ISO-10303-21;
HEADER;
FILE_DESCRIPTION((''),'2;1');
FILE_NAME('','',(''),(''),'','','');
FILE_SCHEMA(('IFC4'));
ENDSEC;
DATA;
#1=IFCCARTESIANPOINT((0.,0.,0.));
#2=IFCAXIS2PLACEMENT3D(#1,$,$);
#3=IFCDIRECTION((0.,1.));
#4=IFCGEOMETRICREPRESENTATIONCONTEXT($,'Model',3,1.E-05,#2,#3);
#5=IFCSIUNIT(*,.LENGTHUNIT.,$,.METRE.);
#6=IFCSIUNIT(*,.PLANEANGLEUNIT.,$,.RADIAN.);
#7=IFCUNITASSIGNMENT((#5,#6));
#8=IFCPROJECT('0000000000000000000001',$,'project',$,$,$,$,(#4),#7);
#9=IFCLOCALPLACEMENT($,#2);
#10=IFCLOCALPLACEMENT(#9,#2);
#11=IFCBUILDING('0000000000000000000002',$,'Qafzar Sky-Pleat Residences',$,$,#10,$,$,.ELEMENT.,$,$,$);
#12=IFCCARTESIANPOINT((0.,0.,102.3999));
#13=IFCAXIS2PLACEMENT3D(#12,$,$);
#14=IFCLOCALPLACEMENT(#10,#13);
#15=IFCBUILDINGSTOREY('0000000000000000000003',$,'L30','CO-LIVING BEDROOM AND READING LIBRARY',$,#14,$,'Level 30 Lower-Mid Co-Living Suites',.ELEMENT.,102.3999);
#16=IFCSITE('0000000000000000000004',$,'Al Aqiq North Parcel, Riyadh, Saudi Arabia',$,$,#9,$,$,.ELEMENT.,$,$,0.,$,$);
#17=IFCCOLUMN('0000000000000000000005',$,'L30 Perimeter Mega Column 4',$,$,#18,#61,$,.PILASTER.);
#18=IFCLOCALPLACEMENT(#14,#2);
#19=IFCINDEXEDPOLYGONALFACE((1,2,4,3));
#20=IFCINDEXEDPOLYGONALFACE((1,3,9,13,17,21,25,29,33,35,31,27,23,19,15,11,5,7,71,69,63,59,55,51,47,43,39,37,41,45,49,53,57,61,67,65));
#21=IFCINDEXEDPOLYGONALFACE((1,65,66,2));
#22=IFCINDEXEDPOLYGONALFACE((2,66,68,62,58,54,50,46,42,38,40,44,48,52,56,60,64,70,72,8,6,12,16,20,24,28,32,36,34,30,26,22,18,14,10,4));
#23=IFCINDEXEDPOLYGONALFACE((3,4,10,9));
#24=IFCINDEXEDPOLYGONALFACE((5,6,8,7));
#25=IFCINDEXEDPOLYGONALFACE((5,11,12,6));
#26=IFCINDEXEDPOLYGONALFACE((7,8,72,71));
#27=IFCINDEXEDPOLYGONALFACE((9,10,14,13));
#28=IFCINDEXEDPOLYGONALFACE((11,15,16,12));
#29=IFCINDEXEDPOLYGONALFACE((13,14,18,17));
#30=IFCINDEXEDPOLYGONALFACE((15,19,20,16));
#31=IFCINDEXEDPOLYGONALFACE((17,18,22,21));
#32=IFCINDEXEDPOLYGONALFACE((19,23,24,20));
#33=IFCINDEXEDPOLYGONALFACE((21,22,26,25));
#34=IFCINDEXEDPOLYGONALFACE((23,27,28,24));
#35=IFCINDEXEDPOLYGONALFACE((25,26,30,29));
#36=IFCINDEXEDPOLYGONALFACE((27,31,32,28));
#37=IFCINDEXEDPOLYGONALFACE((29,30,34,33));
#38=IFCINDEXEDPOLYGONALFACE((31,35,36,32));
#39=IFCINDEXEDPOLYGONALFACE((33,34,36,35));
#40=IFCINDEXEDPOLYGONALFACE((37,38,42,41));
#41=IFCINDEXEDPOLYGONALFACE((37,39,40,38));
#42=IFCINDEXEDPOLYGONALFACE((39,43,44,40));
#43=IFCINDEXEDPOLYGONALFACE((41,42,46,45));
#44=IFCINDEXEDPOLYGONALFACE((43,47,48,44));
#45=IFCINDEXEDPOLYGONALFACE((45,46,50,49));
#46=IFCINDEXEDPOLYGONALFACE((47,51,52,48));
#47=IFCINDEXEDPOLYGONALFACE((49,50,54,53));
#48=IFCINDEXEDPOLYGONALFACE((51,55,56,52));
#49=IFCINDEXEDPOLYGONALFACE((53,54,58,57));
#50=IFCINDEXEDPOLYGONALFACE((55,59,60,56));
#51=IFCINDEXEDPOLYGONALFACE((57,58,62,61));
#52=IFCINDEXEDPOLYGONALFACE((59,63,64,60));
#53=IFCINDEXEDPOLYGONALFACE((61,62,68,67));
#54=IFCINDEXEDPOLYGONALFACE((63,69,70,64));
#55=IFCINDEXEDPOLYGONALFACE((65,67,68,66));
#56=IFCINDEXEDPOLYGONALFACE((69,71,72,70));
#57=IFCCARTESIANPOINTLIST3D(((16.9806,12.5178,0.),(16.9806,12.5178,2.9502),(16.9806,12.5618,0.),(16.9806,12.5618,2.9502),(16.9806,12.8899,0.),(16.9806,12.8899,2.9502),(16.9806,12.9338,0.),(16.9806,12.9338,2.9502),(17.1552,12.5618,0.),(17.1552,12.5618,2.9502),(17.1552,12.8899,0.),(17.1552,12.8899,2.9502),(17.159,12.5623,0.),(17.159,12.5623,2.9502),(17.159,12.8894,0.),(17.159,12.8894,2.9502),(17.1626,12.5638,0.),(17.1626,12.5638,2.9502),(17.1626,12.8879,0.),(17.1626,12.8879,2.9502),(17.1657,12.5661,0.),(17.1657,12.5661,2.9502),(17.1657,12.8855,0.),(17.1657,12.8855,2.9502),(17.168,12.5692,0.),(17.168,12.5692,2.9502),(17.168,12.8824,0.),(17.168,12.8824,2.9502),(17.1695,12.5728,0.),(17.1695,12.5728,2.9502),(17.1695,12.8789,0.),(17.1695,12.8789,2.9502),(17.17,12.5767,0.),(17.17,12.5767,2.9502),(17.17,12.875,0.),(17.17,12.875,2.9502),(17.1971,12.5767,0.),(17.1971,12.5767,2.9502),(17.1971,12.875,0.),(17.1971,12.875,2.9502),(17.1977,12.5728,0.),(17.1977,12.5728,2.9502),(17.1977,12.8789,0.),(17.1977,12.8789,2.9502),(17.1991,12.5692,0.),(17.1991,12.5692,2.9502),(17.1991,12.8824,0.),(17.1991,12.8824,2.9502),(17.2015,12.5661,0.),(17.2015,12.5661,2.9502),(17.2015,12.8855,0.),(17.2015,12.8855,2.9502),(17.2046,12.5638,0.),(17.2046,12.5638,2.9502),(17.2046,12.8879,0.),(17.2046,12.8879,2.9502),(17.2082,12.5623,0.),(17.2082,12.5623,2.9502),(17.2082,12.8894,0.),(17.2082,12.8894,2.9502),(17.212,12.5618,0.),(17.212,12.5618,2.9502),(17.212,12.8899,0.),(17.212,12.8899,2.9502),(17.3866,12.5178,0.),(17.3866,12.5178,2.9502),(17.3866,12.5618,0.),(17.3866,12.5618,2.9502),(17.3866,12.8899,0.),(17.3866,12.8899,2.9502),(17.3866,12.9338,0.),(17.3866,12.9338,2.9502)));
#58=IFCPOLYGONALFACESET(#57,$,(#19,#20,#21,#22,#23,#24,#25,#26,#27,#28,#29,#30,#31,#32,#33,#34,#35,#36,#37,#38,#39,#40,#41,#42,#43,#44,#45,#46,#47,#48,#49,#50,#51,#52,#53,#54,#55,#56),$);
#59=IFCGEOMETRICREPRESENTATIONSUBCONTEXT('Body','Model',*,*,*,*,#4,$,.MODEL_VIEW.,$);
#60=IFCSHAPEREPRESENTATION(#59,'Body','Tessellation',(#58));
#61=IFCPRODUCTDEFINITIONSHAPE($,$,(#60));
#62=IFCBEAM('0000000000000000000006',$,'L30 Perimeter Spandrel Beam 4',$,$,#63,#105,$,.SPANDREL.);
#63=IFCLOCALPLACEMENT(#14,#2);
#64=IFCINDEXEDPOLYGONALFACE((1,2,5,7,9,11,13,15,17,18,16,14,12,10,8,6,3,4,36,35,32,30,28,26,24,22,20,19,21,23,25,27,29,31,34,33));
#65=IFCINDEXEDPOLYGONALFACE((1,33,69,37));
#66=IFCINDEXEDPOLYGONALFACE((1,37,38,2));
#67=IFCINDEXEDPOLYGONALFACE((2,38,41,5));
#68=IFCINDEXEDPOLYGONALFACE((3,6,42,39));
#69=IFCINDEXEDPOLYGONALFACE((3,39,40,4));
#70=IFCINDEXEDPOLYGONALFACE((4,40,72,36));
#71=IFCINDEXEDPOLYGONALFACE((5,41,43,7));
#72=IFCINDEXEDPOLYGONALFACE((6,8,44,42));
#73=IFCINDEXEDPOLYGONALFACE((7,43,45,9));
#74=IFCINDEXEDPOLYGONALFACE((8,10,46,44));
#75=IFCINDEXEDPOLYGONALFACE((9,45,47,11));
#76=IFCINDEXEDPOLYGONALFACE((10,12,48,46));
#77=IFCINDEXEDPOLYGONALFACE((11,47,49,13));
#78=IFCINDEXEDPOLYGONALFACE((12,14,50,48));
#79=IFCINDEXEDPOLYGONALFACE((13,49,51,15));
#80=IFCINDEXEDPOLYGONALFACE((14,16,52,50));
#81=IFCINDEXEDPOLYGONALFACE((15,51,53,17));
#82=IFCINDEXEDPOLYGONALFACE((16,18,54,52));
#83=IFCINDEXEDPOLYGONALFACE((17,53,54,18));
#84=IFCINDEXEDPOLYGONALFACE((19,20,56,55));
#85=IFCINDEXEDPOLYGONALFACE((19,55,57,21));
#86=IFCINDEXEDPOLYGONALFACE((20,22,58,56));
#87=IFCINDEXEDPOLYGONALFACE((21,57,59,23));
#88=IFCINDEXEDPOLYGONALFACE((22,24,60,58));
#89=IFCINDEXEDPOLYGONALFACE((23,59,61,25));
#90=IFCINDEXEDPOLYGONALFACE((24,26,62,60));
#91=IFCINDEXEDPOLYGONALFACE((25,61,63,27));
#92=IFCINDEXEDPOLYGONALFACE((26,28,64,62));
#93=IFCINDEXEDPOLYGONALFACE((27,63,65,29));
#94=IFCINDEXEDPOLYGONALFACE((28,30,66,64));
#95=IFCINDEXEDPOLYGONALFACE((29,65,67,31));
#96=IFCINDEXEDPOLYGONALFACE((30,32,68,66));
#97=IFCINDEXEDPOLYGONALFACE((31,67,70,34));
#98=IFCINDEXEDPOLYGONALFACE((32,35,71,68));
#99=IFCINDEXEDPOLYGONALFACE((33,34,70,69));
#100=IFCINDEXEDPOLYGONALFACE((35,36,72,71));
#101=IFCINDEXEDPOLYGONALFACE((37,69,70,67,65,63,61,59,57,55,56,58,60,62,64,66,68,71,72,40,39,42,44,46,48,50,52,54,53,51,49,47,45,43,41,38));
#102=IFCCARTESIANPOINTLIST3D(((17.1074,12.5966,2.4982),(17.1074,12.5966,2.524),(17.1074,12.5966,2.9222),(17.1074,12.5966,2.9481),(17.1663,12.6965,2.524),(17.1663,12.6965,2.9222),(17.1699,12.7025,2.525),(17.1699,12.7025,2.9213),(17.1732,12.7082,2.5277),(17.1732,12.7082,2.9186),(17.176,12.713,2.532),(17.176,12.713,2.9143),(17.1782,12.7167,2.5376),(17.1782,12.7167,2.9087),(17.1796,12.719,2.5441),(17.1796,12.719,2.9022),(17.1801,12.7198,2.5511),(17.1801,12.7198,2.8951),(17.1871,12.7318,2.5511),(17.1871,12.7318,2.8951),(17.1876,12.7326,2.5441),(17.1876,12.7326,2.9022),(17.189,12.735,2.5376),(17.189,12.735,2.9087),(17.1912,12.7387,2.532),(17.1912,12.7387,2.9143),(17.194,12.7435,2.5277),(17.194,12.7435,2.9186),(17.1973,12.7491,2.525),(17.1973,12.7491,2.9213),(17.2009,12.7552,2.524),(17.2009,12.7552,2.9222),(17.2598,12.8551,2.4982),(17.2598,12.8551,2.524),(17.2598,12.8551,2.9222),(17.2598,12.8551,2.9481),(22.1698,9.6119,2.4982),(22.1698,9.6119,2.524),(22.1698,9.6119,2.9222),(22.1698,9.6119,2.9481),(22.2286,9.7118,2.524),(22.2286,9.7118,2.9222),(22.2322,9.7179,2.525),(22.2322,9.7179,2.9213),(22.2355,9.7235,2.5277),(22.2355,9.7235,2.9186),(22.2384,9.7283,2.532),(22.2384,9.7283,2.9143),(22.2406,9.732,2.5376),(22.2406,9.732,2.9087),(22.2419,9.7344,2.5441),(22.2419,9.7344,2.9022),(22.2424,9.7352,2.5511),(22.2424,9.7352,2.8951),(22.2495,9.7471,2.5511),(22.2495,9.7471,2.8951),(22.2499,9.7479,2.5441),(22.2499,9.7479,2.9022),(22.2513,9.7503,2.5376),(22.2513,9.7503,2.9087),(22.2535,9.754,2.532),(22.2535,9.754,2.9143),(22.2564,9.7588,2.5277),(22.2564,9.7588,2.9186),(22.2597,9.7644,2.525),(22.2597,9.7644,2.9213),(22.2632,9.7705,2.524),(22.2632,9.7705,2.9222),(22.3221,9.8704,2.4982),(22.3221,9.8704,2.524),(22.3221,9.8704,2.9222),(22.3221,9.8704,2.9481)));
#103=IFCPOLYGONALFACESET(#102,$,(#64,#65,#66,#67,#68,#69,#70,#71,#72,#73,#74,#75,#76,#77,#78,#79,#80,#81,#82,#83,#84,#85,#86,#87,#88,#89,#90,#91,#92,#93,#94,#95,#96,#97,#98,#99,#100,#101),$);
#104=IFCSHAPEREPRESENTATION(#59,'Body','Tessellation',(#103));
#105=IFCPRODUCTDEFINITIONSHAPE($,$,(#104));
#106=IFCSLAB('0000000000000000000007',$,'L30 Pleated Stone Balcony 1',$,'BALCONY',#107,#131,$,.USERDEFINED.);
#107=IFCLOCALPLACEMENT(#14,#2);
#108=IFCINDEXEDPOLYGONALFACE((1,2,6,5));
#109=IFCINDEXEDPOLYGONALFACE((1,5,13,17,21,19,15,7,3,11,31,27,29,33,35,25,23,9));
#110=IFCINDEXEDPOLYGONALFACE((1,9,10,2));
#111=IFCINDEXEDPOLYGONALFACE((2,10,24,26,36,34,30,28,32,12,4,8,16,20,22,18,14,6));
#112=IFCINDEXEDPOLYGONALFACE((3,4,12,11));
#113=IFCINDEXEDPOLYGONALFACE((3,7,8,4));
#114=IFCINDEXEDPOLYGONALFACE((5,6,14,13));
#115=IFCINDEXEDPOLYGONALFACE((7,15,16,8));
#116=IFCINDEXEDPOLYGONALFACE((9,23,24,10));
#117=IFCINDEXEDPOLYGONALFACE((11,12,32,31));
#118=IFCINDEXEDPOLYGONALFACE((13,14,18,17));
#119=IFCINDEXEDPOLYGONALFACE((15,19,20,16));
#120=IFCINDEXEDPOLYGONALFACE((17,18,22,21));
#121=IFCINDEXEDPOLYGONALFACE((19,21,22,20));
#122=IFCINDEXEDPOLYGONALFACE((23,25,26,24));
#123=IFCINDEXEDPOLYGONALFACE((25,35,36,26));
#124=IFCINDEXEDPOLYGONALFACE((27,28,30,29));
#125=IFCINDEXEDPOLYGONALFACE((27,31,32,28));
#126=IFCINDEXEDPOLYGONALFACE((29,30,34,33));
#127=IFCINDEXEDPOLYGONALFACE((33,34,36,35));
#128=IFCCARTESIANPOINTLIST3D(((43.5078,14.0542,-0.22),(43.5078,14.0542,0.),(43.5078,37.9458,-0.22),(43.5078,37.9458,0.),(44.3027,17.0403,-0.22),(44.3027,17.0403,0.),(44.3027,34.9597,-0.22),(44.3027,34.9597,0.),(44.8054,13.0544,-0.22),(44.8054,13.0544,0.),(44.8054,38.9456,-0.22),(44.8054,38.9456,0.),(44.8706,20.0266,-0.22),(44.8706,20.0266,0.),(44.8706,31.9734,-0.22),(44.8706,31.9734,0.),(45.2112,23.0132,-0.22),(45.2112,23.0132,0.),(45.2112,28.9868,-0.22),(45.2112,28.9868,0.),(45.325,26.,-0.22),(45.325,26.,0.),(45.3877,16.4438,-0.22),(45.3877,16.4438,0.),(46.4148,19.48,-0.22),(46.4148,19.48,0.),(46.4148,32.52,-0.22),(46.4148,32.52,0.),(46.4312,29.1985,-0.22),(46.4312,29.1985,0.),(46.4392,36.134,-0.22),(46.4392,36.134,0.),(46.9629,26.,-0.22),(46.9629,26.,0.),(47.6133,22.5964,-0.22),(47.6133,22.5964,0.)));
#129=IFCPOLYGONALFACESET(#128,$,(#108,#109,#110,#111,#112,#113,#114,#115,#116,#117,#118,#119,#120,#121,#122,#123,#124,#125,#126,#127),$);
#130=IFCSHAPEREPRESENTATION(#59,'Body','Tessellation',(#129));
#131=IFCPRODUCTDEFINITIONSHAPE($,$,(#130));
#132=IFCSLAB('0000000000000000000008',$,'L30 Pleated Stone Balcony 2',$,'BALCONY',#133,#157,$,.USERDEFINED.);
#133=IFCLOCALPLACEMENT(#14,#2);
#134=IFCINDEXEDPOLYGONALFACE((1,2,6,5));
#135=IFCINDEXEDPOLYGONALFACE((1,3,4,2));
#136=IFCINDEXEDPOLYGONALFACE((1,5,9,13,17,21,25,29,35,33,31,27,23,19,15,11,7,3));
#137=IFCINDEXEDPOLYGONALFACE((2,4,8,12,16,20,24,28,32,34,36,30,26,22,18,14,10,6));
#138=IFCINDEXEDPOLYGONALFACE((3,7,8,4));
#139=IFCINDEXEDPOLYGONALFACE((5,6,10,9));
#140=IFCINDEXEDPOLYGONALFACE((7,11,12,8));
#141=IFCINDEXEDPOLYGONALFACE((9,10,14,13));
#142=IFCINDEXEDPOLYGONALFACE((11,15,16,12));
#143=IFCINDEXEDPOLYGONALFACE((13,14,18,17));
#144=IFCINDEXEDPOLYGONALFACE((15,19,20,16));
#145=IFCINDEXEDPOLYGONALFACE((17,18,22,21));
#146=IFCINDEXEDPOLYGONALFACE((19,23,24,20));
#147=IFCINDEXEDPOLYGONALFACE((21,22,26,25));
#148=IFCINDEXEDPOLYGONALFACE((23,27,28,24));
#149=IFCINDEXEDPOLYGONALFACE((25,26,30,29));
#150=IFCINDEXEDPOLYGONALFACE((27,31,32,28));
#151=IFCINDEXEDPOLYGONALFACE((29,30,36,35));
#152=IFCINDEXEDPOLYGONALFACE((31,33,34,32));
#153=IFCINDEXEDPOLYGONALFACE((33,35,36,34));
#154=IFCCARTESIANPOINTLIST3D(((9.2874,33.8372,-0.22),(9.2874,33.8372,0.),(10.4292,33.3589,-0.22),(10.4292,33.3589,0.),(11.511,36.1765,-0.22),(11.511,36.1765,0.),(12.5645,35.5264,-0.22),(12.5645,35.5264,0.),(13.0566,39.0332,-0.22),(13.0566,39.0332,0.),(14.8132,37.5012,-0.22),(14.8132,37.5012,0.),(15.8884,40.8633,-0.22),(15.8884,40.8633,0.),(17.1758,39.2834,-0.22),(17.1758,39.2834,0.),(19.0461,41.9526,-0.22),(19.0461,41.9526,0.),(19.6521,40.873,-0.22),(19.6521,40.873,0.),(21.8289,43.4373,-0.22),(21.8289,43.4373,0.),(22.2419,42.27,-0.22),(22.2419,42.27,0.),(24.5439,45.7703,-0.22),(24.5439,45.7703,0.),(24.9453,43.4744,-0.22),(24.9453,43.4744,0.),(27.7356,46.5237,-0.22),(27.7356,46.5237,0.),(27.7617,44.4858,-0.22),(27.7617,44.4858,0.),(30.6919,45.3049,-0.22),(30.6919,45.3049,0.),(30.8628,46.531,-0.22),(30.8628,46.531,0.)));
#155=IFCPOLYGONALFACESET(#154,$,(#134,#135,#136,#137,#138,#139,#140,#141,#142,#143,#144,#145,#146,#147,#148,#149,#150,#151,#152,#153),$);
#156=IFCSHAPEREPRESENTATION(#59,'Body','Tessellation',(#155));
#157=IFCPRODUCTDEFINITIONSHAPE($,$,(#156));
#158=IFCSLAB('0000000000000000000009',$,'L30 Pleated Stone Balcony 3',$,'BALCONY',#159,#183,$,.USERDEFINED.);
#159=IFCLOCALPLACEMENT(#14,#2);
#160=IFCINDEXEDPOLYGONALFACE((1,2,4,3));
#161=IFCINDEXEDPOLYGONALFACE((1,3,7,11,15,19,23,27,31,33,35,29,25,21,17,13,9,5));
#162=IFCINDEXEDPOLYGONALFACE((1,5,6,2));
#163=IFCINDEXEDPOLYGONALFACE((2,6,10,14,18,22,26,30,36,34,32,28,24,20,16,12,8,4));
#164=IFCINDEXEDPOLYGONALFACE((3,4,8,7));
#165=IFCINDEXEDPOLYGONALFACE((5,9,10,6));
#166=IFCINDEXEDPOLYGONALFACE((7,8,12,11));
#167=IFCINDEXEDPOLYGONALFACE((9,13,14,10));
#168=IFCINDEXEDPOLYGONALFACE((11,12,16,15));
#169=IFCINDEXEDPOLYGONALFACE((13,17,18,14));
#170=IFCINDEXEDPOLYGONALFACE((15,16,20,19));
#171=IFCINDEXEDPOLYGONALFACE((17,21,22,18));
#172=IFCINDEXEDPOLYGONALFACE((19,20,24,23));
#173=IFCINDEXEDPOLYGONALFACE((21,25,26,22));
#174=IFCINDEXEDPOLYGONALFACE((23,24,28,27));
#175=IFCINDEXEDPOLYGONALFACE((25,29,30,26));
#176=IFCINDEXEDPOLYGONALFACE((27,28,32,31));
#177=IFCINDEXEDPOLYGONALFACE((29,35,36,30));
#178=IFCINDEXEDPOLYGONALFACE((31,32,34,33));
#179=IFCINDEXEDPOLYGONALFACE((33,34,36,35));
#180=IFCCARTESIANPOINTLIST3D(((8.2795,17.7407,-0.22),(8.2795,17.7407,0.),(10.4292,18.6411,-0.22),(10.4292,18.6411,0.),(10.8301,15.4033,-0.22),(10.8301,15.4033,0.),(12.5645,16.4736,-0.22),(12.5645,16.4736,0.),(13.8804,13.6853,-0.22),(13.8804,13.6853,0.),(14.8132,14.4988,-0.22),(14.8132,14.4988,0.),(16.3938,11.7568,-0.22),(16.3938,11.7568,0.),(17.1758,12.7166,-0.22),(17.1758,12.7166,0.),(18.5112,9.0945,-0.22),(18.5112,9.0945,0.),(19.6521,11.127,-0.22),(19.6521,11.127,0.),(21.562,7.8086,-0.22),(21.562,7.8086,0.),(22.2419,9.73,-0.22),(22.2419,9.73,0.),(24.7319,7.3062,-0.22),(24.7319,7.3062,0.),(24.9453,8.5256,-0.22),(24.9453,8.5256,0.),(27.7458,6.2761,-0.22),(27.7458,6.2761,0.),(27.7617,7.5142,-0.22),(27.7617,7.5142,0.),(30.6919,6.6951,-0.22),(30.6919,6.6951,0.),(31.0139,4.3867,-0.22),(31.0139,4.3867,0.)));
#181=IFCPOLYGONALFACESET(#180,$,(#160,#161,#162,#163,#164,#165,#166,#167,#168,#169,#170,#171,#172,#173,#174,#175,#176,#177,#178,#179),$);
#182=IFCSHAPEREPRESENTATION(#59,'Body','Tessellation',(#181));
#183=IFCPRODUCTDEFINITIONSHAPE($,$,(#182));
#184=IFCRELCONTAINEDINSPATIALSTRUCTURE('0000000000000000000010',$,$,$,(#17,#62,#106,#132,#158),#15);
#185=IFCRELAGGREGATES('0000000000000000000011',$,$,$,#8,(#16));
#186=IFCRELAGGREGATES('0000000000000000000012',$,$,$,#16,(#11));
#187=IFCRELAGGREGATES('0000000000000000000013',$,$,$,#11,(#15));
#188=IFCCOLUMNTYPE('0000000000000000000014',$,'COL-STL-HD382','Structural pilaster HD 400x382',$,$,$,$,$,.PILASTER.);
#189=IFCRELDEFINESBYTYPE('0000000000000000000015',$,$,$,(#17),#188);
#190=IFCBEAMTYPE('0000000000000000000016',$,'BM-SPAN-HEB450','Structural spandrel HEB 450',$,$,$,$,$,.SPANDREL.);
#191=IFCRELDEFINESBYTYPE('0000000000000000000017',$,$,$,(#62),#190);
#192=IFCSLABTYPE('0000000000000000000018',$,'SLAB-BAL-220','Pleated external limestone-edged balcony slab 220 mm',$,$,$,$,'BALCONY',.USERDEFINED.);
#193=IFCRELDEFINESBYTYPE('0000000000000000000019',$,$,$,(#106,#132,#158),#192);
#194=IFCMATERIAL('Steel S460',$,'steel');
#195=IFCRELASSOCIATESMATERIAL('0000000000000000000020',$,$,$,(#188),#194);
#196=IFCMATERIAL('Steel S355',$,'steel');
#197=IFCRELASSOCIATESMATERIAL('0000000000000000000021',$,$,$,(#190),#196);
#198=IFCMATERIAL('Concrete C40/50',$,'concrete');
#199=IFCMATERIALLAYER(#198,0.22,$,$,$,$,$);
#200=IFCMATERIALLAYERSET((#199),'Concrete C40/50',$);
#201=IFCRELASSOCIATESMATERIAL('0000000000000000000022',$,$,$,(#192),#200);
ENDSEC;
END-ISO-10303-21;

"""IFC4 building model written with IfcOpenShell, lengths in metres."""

from ifc_helpers import new_model, si_unit, direction, frame, origin, origin_2d, place, context, subcontext, project, spatial, polyline, i_section, outline, extrude, source, transform, mapped, material, layer, layer_set, material_profile, profile_set, type_object, element, save


model = new_model("IFC4")

# Units and contexts
model_context = context("Model", 3, precision=1e-05, world=origin(), true_north=direction((0.0, 1.0)))
body_context = subcontext(model_context, "Body", "Model", "MODEL_VIEW")
ifc_project = project(units=[si_unit("LENGTHUNIT", "METRE"), si_unit("PLANEANGLEUNIT", "RADIAN")], contexts=[model_context])

# Site, building, storey
site_placement = place(None, origin())
site = spatial("IfcSite", under=ifc_project, at=site_placement, Name="Al Aqiq North Parcel, Riyadh, Saudi Arabia", CompositionType="ELEMENT", RefElevation=0.0)
building_placement = place(site_placement, origin())
building = spatial("IfcBuilding", under=site, at=building_placement, Name="Qafzar Sky-Pleat Residences", CompositionType="ELEMENT")
storey_placement = place(building_placement, frame((0.0, 0.0, 102.3999)))
storey = spatial("IfcBuildingStorey", under=building, at=storey_placement, Name="L30", Description="CO-LIVING BEDROOM AND READING LIBRARY", LongName="Level 30 Lower-Mid Co-Living Suites", CompositionType="ELEMENT", Elevation=102.3999)

# Column
ifc_material_1 = material(Name="Steel S460", Category="steel")
ifc_material_profile_1 = material_profile(ifc_material_1, i_section(OverallWidth=0.406, OverallDepth=0.416, WebThickness=0.0271, FlangeThickness=0.0439, FilletRadius=0.0149, at=origin_2d()), Name="HD 400x382")
ifc_profile_set_1 = profile_set([ifc_material_profile_1], Name="Steel S460")
column_type = type_object("IfcColumnType", Name="COL-STL-HD382", Description="Structural pilaster HD 400x382", PredefinedType="PILASTER", material=ifc_profile_set_1)
shared_shape_1 = source(origin(), body_context, "Body", "SweptSolid", [
    extrude(i_section(OverallWidth=0.406, OverallDepth=0.416, WebThickness=0.0271, FlangeThickness=0.0439, FilletRadius=0.0149, at=origin_2d()), origin(), (0.0, 0.0, 1.0), 2.9502),
])
column_placement = place(storey_placement, frame((17.1836, 12.7258, 0.0), z_axis=(0.0, 0.0, 1.0), x_axis=(1.0, 0.0, 0.0)))
element("IfcColumn", 1, at=column_placement, inside=storey, type_object=column_type, Name="L30 Perimeter Mega Column 4", PredefinedType="PILASTER", context=body_context, shape_type="MappedRepresentation", body=[
    mapped(shared_shape_1, transform((0.0, 0.0, 0.0), x_axis=(1.0, 0.0, 0.0), y_axis=(0.0, 1.0, 0.0), z_axis=(0.0, 0.0, 1.0), scale=1.0)),
])

# Beam
ifc_material_2 = material(Name="Steel S355", Category="steel")
ifc_material_profile_2 = material_profile(ifc_material_2, i_section(OverallWidth=0.3, OverallDepth=0.45, WebThickness=0.0139, FlangeThickness=0.0259, FilletRadius=0.0271, at=origin_2d()), Name="HEB 450")
ifc_profile_set_2 = profile_set([ifc_material_profile_2], Name="Steel S355")
beam_type = type_object("IfcBeamType", Name="BM-SPAN-HEB450", Description="Structural spandrel HEB 450", PredefinedType="SPANDREL", material=ifc_profile_set_2)
shared_shape_2 = source(origin(), body_context, "Body", "SweptSolid", [
    extrude(i_section(OverallWidth=0.3, OverallDepth=0.45, WebThickness=0.0139, FlangeThickness=0.0259, FilletRadius=0.0271, at=origin_2d()), origin(), (0.0, 0.0, 1.0), 5.8767),
])
beam_placement = place(storey_placement, frame((17.1836, 12.7258, 2.7231), z_axis=(0.861426, -0.507882, 0.0), x_axis=(0.507882, 0.861426, 0.0)))
element("IfcBeam", 2, at=beam_placement, inside=storey, type_object=beam_type, Name="L30 Perimeter Spandrel Beam 4", PredefinedType="SPANDREL", context=body_context, shape_type="MappedRepresentation", body=[
    mapped(shared_shape_2, transform((0.0, 0.0, 0.0), x_axis=(1.0, 0.0, 0.0), y_axis=(0.0, 1.0, 0.0), z_axis=(0.0, 0.0, 1.0), scale=1.0)),
])

# Slabs
ifc_material_3 = material(Name="Concrete C40/50", Category="concrete")
ifc_layer_1 = layer(ifc_material_3, 0.22)
ifc_layer_set_1 = layer_set([ifc_layer_1], Name="Concrete C40/50")
slab_type_1 = type_object("IfcSlabType", Name="SLAB-BAL-220", Description="Pleated external limestone-edged balcony slab 220 mm", ElementType="BALCONY", PredefinedType="USERDEFINED", material=ifc_layer_set_1)
slab_1_placement = place(storey_placement, frame((0.0, 0.0, -0.22)))
element("IfcSlab", 3, at=slab_1_placement, inside=storey, type_object=slab_type_1, Name="L30 Pleated Stone Balcony 1", ObjectType="BALCONY", PredefinedType="USERDEFINED", context=body_context, shape_type="SweptSolid", body=[
    extrude(outline(polyline([(44.3027, 17.0403), (44.8706, 20.0266), (45.2112, 23.0132), (45.325, 26.0), (45.2112, 28.9868), (44.8706, 31.9734), (44.3027, 34.9597), (43.5078, 37.9458), (44.8054, 38.9456), (46.4392, 36.134), (46.4148, 32.52), (46.4312, 29.1985), (46.9629, 26.0), (47.6133, 22.5964), (46.4148, 19.48), (45.3877, 16.4438), (44.8054, 13.0544), (43.5078, 14.0542), (44.3027, 17.0403)])), origin(), (0.0, 0.0, 1.0), 0.22),
])
slab_2_placement = place(storey_placement, frame((0.0, 0.0, -0.22)))
element("IfcSlab", 4, at=slab_2_placement, inside=storey, type_object=slab_type_1, Name="L30 Pleated Stone Balcony 2", ObjectType="BALCONY", PredefinedType="USERDEFINED", context=body_context, shape_type="SweptSolid", body=[
    extrude(outline(polyline([(27.7617, 44.4858), (24.9453, 43.4744), (22.2419, 42.27), (19.6521, 40.873), (17.1758, 39.2834), (14.8132, 37.5012), (12.5645, 35.5264), (10.4292, 33.3589), (9.2874, 33.8372), (11.511, 36.1765), (13.0566, 39.0332), (15.8884, 40.8633), (19.0461, 41.9526), (21.8289, 43.4373), (24.5439, 45.7703), (27.7356, 46.5237), (30.8628, 46.531), (30.6919, 45.3049), (27.7617, 44.4858)])), origin(), (0.0, 0.0, 1.0), 0.22),
])
slab_3_placement = place(storey_placement, frame((0.0, 0.0, -0.22)))
element("IfcSlab", 5, at=slab_3_placement, inside=storey, type_object=slab_type_1, Name="L30 Pleated Stone Balcony 3", ObjectType="BALCONY", PredefinedType="USERDEFINED", context=body_context, shape_type="SweptSolid", body=[
    extrude(outline(polyline([(12.5645, 16.4736), (14.8132, 14.4988), (17.1758, 12.7166), (19.6521, 11.127), (22.2419, 9.73), (24.9453, 8.5256), (27.7617, 7.5142), (30.6919, 6.6951), (31.0139, 4.3867), (27.7458, 6.2761), (24.7319, 7.3062), (21.562, 7.8086), (18.5112, 9.0945), (16.3938, 11.7568), (13.8804, 13.6853), (10.8301, 15.4033), (8.2795, 17.7407), (10.4292, 18.6411), (12.5645, 16.4736)])), origin(), (0.0, 0.0, 1.0), 0.22),
])

save(model, "model.ifc")
